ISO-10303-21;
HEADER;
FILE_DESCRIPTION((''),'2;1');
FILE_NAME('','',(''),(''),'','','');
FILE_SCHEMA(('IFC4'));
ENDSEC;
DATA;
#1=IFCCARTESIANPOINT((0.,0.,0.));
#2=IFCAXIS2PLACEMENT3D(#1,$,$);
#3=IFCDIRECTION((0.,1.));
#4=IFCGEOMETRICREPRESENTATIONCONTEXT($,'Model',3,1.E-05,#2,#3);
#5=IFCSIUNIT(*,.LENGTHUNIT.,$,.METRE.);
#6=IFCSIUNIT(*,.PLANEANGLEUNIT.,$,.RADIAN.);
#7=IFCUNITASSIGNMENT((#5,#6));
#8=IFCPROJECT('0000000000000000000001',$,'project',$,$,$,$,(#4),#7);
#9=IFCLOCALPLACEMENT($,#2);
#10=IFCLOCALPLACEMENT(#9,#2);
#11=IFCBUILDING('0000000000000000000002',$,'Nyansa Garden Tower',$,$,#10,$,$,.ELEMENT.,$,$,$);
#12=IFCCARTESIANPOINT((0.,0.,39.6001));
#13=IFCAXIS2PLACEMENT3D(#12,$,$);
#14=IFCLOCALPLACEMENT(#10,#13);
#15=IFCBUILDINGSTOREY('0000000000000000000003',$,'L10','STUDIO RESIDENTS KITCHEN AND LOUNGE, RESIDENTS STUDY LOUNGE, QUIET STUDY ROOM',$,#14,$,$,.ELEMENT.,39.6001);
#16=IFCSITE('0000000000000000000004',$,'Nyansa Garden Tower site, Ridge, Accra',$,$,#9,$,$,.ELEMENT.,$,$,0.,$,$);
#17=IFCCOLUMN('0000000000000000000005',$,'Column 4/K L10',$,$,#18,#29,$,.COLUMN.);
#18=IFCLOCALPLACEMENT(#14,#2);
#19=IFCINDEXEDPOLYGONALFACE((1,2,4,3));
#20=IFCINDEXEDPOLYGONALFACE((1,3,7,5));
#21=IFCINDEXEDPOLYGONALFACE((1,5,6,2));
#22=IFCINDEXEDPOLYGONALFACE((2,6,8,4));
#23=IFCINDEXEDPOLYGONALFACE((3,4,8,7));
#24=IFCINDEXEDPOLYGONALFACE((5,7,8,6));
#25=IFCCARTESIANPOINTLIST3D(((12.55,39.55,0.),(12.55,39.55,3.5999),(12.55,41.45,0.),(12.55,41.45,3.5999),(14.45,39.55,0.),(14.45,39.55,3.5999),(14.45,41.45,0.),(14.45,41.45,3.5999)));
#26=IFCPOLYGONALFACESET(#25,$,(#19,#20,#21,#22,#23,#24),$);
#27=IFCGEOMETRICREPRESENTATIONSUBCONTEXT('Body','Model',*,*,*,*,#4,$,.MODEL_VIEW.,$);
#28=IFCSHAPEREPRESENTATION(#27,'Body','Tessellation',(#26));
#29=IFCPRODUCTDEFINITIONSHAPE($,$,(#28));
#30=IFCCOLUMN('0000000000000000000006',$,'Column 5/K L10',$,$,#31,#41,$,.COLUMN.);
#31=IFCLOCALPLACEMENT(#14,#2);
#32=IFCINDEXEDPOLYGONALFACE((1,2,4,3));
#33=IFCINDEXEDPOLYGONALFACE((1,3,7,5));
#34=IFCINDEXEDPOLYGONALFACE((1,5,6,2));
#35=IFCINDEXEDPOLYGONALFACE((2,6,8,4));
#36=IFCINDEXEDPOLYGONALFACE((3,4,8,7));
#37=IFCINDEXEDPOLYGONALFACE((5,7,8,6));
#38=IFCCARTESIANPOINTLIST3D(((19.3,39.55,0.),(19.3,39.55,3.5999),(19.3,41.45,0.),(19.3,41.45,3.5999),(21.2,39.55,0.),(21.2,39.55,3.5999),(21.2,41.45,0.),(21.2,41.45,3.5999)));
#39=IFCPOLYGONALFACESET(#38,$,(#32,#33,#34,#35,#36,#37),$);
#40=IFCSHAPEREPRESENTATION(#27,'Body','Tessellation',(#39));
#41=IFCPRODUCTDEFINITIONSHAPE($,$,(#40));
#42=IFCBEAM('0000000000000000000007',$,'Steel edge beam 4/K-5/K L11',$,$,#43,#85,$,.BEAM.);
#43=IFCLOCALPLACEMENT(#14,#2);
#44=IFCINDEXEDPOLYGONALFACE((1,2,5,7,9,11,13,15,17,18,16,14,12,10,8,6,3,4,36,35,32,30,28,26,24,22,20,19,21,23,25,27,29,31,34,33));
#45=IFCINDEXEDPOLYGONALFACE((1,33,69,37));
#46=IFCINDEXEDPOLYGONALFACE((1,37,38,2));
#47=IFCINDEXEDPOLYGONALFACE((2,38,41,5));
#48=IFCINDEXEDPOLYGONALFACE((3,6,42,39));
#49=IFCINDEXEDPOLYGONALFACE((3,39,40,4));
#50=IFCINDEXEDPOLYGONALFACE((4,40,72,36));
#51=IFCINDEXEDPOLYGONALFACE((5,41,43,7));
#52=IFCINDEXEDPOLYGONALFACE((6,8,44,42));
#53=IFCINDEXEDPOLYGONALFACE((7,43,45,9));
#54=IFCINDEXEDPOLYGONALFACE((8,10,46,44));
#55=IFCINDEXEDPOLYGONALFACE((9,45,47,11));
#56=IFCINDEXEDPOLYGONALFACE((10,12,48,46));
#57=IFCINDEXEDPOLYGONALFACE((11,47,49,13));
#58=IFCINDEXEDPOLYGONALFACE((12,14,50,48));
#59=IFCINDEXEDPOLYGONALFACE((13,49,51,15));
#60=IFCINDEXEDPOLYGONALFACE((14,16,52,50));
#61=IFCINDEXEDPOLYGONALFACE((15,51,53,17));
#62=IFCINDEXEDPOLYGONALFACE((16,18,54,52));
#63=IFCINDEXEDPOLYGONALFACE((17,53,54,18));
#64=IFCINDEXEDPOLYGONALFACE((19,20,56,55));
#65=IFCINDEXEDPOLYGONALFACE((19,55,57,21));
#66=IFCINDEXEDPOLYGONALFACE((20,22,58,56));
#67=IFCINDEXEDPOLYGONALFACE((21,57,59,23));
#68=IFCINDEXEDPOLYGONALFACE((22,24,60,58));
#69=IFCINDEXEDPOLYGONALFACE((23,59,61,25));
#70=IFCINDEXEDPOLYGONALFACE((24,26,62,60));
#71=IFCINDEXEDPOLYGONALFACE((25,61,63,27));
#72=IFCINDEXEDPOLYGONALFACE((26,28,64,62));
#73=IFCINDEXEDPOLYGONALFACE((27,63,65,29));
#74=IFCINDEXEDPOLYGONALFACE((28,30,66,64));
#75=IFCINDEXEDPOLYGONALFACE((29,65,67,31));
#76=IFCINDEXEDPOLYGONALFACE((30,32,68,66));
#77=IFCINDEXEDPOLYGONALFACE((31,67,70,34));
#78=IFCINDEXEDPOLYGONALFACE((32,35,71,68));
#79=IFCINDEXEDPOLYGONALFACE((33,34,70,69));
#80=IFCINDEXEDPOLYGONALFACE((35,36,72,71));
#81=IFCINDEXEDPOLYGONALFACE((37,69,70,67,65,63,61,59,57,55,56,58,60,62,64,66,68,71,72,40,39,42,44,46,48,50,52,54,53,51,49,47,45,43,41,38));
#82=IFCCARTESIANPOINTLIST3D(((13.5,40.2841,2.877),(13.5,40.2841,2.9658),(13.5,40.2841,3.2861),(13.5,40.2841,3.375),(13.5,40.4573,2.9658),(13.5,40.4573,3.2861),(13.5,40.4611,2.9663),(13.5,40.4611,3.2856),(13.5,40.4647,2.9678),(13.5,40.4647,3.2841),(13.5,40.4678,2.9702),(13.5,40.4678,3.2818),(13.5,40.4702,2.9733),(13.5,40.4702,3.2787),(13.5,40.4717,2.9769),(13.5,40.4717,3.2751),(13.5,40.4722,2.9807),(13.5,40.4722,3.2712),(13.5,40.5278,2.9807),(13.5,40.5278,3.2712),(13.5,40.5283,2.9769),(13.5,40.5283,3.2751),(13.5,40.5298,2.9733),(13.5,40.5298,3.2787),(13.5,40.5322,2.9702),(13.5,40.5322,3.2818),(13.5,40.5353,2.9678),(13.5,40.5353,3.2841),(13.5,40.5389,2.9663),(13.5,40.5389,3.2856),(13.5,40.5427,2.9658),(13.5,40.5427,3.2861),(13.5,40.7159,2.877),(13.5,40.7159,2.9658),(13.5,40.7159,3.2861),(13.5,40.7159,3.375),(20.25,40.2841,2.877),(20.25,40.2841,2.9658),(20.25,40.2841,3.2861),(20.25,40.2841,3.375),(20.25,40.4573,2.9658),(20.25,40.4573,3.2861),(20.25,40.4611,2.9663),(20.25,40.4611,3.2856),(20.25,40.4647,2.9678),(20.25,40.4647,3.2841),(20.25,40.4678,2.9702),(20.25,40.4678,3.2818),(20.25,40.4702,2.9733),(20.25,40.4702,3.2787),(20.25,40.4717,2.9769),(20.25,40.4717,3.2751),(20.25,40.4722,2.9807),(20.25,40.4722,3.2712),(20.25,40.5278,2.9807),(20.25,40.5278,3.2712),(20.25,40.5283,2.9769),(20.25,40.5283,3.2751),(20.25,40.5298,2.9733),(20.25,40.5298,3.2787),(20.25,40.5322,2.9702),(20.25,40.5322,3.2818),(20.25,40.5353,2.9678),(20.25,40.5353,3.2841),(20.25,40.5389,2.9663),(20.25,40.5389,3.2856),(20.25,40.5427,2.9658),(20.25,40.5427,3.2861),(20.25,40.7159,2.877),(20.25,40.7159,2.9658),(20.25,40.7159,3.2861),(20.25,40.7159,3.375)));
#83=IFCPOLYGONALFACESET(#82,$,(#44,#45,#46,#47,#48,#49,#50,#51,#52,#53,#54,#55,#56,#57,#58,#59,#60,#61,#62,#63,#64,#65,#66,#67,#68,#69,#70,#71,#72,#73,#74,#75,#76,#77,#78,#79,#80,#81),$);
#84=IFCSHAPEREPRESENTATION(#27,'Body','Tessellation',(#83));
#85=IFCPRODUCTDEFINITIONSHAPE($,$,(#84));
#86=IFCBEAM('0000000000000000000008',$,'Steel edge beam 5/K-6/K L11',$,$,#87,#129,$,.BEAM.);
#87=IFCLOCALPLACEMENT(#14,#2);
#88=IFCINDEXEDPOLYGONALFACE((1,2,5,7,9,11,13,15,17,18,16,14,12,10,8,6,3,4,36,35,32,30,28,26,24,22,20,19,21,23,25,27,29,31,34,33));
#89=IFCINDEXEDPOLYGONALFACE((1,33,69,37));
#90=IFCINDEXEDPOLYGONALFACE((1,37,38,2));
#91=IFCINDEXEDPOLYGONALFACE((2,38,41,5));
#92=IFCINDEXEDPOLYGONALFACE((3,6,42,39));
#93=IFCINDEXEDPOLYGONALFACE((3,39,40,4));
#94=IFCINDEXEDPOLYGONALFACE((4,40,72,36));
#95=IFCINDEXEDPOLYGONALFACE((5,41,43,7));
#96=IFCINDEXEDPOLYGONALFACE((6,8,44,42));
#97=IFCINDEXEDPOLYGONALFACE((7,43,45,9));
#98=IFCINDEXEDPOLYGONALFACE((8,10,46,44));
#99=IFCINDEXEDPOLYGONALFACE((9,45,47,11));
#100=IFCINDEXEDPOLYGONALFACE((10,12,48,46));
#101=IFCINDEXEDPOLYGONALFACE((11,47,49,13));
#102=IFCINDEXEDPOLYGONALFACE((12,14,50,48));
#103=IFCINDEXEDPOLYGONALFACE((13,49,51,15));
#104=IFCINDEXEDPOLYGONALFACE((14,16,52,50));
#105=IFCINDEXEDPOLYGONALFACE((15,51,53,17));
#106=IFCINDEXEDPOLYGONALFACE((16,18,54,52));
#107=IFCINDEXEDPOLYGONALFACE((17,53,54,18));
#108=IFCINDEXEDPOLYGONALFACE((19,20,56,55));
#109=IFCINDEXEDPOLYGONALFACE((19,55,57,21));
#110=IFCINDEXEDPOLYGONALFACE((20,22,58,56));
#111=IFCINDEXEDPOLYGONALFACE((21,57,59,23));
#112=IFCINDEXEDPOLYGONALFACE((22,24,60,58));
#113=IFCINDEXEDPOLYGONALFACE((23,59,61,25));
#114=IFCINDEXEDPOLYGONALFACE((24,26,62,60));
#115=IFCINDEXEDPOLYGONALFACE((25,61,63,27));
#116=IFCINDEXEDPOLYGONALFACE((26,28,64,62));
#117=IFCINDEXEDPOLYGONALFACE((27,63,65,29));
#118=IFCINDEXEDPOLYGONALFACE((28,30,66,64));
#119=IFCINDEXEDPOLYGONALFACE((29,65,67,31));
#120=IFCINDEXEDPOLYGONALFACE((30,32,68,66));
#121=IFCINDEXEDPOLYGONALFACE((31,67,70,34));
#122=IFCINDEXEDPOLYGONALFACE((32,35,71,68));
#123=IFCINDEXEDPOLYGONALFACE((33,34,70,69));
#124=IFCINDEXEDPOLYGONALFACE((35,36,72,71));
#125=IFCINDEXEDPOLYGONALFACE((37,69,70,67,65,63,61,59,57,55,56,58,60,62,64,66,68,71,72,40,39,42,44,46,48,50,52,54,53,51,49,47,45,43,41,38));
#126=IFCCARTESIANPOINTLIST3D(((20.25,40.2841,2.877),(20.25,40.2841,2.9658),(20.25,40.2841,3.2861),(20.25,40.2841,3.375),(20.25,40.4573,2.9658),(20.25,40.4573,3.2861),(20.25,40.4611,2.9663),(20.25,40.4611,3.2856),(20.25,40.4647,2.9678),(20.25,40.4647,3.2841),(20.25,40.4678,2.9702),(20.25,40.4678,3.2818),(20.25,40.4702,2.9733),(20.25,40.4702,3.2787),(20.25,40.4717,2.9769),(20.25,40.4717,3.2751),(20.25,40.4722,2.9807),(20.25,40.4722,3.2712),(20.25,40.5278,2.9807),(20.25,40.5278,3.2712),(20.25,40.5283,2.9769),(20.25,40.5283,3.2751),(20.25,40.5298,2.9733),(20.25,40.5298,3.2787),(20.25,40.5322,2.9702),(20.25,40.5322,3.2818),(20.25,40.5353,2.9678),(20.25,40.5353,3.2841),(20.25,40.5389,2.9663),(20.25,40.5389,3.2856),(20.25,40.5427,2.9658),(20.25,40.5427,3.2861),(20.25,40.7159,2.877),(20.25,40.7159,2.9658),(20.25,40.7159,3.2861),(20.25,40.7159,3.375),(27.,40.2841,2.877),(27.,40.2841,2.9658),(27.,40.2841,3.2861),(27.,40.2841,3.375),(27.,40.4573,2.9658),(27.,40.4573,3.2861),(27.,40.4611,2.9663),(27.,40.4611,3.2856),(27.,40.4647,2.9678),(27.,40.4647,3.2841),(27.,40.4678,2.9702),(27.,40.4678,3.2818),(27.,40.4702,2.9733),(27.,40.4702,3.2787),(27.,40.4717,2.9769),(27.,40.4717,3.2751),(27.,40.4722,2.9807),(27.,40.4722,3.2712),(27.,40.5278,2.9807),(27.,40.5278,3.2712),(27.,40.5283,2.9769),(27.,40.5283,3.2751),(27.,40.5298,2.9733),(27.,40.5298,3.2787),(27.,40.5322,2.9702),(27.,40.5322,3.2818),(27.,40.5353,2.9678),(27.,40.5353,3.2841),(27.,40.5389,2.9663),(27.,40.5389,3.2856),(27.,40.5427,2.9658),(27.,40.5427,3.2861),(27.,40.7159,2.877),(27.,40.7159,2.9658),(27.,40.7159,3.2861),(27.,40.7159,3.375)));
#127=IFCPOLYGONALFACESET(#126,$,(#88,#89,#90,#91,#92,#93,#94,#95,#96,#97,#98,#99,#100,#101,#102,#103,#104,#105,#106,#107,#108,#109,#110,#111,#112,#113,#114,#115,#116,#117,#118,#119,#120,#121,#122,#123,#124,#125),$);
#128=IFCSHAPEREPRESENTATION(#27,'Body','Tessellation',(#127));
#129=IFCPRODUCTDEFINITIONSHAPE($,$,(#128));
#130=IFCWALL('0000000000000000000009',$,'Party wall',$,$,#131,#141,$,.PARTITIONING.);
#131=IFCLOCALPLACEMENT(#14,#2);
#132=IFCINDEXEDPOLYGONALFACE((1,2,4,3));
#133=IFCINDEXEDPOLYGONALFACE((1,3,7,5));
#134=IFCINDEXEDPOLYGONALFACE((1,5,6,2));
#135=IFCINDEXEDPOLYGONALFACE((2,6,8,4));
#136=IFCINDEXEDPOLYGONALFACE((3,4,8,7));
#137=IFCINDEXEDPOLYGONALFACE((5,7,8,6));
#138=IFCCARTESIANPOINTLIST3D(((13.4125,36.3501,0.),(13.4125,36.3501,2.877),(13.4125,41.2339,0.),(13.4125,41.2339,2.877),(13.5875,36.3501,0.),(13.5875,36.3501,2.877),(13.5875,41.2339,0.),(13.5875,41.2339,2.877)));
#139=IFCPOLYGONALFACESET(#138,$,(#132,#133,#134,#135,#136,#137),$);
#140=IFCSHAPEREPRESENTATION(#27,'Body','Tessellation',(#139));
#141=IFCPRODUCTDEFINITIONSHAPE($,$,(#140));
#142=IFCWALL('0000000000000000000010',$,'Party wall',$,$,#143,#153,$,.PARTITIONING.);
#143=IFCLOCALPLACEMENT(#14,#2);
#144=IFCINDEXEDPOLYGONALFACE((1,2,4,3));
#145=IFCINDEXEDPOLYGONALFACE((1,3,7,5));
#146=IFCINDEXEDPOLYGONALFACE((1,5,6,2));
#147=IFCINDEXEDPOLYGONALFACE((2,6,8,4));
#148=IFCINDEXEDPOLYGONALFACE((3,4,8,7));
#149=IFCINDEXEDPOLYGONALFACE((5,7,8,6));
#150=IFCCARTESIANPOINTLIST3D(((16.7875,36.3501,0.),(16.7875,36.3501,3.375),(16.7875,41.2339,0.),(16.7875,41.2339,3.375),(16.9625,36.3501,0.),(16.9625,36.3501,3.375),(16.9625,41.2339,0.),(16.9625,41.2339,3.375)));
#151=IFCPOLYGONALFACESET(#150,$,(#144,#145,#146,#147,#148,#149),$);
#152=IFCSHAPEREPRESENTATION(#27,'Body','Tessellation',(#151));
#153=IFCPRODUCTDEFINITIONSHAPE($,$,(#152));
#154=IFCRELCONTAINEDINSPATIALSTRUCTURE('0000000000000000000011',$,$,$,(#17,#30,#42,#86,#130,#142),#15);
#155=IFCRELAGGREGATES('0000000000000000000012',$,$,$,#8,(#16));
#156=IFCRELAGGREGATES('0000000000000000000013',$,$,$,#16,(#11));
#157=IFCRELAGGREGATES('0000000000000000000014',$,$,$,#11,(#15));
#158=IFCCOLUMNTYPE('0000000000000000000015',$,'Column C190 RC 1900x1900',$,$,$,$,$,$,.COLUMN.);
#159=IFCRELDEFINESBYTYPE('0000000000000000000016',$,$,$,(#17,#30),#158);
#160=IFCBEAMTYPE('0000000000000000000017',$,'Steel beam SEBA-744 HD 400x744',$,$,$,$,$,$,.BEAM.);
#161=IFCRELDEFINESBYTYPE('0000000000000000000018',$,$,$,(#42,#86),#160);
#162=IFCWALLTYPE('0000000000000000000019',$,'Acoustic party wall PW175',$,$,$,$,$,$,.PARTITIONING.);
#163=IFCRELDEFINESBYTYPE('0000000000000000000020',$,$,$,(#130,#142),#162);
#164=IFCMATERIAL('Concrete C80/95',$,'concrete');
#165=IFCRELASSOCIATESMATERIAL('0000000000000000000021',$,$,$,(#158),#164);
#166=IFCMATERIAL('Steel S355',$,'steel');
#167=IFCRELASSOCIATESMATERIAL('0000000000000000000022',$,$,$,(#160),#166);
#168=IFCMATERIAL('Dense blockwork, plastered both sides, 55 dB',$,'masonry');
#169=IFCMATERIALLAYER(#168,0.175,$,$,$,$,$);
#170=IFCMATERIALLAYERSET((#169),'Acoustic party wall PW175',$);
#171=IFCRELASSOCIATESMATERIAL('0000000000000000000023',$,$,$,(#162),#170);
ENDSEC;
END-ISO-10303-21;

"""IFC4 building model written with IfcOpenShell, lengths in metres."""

from ifc_helpers import new_model, si_unit, direction, frame, frame_2d, origin, origin_2d, place, context, subcontext, project, spatial, rectangle, i_section, extrude, material, layer, layer_set, material_profile, profile_set, type_object, element, save


model = new_model("IFC4")

# Units and contexts
model_context = context("Model", 3, precision=1e-05, world=origin(), true_north=direction((0.0, 1.0)))
body_context = subcontext(model_context, "Body", "Model", "MODEL_VIEW")
ifc_project = project(units=[si_unit("LENGTHUNIT", "METRE"), si_unit("PLANEANGLEUNIT", "RADIAN")], contexts=[model_context])

# Site, building, storey
site_placement = place(None, origin())
site = spatial("IfcSite", under=ifc_project, at=site_placement, Name="Nyansa Garden Tower site, Ridge, Accra", CompositionType="ELEMENT", RefElevation=0.0)
building_placement = place(site_placement, origin())
building = spatial("IfcBuilding", under=site, at=building_placement, Name="Nyansa Garden Tower", CompositionType="ELEMENT")
storey_placement = place(building_placement, frame((0.0, 0.0, 39.6001)))
storey = spatial("IfcBuildingStorey", under=building, at=storey_placement, Name="L10", Description="STUDIO RESIDENTS KITCHEN AND LOUNGE, RESIDENTS STUDY LOUNGE, QUIET STUDY ROOM", CompositionType="ELEMENT", Elevation=39.6001)

# Columns
ifc_material_1 = material(Name="Concrete C80/95", Category="concrete")
ifc_material_profile_1 = material_profile(ifc_material_1, rectangle(XDim=1.8999, YDim=1.8999, at=origin_2d()), Name="RC 1900x1900")
ifc_profile_set_1 = profile_set([ifc_material_profile_1], Name="Concrete C80/95")
column_type = type_object("IfcColumnType", Name="Column C190 RC 1900x1900", PredefinedType="COLUMN", material=ifc_profile_set_1)
for number, where, z_axis, x_axis, name in (
    (1, (13.5, 40.5, 0.0), (0.0, 0.0, 1.0), (1.0, 0.0, 0.0), "Column 4/K L10"),
    (2, (20.25, 40.5, 0.0), (0.0, 0.0, 1.0), (1.0, 0.0, 0.0), "Column 5/K L10"),
):
    element("IfcColumn", number, at=place(storey_placement, frame(where, z_axis=z_axis, x_axis=x_axis)), inside=storey, type_object=column_type, Name=name, PredefinedType="COLUMN", context=body_context, shape_type="SweptSolid", body=[
        extrude(rectangle(XDim=1.8999, YDim=1.8999, at=origin_2d()), origin(), (0.0, 0.0, 1.0), 3.5999),
    ])

# Beams
ifc_material_2 = material(Name="Steel S355", Category="steel")
ifc_material_profile_2 = material_profile(ifc_material_2, i_section(OverallWidth=0.4319, OverallDepth=0.498, WebThickness=0.0557, FlangeThickness=0.0889, FilletRadius=0.0149, at=origin_2d()), Name="HD 400x744")
ifc_profile_set_2 = profile_set([ifc_material_profile_2], Name="Steel S355")
beam_type = type_object("IfcBeamType", Name="Steel beam SEBA-744 HD 400x744", PredefinedType="BEAM", material=ifc_profile_set_2)
for number, where, z_axis, x_axis, name in (
    (3, (13.5, 40.5, 3.126), (1.0, 0.0, 0.0), (0.0, 1.0, 0.0), "Steel edge beam 4/K-5/K L11"),
    (4, (20.25, 40.5, 3.126), (1.0, 0.0, 0.0), (0.0, 1.0, 0.0), "Steel edge beam 5/K-6/K L11"),
):
    element("IfcBeam", number, at=place(storey_placement, frame(where, z_axis=z_axis, x_axis=x_axis)), inside=storey, type_object=beam_type, Name=name, PredefinedType="BEAM", context=body_context, shape_type="SweptSolid", body=[
        extrude(i_section(OverallWidth=0.4319, OverallDepth=0.498, WebThickness=0.0557, FlangeThickness=0.0889, FilletRadius=0.0149, at=origin_2d()), origin(), (0.0, 0.0, 1.0), 6.75),
    ])

# Walls
ifc_material_3 = material(Name="Dense blockwork, plastered both sides, 55 dB", Category="masonry")
ifc_layer_1 = layer(ifc_material_3, 0.175)
ifc_layer_set_1 = layer_set([ifc_layer_1], Name="Acoustic party wall PW175")
wall_type_1 = type_object("IfcWallType", Name="Acoustic party wall PW175", PredefinedType="PARTITIONING", material=ifc_layer_set_1)
wall_1_placement = place(storey_placement, frame((13.5, 36.3501, 0.0), z_axis=(0.0, 0.0, 1.0), x_axis=(0.0, 1.0, 0.0)))
element("IfcWall", 5, at=wall_1_placement, inside=storey, type_object=wall_type_1, Name="Party wall", PredefinedType="PARTITIONING", context=body_context, shape_type="SweptSolid", body=[
    extrude(rectangle(XDim=4.8838, YDim=0.175, at=frame_2d((2.4419, 0.0))), origin(), (0.0, 0.0, 1.0), 2.877),
])
wall_2_placement = place(storey_placement, frame((16.875, 36.3501, 0.0), z_axis=(0.0, 0.0, 1.0), x_axis=(0.0, 1.0, 0.0)))
element("IfcWall", 6, at=wall_2_placement, inside=storey, type_object=wall_type_1, Name="Party wall", PredefinedType="PARTITIONING", context=body_context, shape_type="SweptSolid", body=[
    extrude(rectangle(XDim=4.8838, YDim=0.175, at=frame_2d((2.4419, 0.0))), origin(), (0.0, 0.0, 1.0), 3.375),
])

save(model, "model.ifc")
